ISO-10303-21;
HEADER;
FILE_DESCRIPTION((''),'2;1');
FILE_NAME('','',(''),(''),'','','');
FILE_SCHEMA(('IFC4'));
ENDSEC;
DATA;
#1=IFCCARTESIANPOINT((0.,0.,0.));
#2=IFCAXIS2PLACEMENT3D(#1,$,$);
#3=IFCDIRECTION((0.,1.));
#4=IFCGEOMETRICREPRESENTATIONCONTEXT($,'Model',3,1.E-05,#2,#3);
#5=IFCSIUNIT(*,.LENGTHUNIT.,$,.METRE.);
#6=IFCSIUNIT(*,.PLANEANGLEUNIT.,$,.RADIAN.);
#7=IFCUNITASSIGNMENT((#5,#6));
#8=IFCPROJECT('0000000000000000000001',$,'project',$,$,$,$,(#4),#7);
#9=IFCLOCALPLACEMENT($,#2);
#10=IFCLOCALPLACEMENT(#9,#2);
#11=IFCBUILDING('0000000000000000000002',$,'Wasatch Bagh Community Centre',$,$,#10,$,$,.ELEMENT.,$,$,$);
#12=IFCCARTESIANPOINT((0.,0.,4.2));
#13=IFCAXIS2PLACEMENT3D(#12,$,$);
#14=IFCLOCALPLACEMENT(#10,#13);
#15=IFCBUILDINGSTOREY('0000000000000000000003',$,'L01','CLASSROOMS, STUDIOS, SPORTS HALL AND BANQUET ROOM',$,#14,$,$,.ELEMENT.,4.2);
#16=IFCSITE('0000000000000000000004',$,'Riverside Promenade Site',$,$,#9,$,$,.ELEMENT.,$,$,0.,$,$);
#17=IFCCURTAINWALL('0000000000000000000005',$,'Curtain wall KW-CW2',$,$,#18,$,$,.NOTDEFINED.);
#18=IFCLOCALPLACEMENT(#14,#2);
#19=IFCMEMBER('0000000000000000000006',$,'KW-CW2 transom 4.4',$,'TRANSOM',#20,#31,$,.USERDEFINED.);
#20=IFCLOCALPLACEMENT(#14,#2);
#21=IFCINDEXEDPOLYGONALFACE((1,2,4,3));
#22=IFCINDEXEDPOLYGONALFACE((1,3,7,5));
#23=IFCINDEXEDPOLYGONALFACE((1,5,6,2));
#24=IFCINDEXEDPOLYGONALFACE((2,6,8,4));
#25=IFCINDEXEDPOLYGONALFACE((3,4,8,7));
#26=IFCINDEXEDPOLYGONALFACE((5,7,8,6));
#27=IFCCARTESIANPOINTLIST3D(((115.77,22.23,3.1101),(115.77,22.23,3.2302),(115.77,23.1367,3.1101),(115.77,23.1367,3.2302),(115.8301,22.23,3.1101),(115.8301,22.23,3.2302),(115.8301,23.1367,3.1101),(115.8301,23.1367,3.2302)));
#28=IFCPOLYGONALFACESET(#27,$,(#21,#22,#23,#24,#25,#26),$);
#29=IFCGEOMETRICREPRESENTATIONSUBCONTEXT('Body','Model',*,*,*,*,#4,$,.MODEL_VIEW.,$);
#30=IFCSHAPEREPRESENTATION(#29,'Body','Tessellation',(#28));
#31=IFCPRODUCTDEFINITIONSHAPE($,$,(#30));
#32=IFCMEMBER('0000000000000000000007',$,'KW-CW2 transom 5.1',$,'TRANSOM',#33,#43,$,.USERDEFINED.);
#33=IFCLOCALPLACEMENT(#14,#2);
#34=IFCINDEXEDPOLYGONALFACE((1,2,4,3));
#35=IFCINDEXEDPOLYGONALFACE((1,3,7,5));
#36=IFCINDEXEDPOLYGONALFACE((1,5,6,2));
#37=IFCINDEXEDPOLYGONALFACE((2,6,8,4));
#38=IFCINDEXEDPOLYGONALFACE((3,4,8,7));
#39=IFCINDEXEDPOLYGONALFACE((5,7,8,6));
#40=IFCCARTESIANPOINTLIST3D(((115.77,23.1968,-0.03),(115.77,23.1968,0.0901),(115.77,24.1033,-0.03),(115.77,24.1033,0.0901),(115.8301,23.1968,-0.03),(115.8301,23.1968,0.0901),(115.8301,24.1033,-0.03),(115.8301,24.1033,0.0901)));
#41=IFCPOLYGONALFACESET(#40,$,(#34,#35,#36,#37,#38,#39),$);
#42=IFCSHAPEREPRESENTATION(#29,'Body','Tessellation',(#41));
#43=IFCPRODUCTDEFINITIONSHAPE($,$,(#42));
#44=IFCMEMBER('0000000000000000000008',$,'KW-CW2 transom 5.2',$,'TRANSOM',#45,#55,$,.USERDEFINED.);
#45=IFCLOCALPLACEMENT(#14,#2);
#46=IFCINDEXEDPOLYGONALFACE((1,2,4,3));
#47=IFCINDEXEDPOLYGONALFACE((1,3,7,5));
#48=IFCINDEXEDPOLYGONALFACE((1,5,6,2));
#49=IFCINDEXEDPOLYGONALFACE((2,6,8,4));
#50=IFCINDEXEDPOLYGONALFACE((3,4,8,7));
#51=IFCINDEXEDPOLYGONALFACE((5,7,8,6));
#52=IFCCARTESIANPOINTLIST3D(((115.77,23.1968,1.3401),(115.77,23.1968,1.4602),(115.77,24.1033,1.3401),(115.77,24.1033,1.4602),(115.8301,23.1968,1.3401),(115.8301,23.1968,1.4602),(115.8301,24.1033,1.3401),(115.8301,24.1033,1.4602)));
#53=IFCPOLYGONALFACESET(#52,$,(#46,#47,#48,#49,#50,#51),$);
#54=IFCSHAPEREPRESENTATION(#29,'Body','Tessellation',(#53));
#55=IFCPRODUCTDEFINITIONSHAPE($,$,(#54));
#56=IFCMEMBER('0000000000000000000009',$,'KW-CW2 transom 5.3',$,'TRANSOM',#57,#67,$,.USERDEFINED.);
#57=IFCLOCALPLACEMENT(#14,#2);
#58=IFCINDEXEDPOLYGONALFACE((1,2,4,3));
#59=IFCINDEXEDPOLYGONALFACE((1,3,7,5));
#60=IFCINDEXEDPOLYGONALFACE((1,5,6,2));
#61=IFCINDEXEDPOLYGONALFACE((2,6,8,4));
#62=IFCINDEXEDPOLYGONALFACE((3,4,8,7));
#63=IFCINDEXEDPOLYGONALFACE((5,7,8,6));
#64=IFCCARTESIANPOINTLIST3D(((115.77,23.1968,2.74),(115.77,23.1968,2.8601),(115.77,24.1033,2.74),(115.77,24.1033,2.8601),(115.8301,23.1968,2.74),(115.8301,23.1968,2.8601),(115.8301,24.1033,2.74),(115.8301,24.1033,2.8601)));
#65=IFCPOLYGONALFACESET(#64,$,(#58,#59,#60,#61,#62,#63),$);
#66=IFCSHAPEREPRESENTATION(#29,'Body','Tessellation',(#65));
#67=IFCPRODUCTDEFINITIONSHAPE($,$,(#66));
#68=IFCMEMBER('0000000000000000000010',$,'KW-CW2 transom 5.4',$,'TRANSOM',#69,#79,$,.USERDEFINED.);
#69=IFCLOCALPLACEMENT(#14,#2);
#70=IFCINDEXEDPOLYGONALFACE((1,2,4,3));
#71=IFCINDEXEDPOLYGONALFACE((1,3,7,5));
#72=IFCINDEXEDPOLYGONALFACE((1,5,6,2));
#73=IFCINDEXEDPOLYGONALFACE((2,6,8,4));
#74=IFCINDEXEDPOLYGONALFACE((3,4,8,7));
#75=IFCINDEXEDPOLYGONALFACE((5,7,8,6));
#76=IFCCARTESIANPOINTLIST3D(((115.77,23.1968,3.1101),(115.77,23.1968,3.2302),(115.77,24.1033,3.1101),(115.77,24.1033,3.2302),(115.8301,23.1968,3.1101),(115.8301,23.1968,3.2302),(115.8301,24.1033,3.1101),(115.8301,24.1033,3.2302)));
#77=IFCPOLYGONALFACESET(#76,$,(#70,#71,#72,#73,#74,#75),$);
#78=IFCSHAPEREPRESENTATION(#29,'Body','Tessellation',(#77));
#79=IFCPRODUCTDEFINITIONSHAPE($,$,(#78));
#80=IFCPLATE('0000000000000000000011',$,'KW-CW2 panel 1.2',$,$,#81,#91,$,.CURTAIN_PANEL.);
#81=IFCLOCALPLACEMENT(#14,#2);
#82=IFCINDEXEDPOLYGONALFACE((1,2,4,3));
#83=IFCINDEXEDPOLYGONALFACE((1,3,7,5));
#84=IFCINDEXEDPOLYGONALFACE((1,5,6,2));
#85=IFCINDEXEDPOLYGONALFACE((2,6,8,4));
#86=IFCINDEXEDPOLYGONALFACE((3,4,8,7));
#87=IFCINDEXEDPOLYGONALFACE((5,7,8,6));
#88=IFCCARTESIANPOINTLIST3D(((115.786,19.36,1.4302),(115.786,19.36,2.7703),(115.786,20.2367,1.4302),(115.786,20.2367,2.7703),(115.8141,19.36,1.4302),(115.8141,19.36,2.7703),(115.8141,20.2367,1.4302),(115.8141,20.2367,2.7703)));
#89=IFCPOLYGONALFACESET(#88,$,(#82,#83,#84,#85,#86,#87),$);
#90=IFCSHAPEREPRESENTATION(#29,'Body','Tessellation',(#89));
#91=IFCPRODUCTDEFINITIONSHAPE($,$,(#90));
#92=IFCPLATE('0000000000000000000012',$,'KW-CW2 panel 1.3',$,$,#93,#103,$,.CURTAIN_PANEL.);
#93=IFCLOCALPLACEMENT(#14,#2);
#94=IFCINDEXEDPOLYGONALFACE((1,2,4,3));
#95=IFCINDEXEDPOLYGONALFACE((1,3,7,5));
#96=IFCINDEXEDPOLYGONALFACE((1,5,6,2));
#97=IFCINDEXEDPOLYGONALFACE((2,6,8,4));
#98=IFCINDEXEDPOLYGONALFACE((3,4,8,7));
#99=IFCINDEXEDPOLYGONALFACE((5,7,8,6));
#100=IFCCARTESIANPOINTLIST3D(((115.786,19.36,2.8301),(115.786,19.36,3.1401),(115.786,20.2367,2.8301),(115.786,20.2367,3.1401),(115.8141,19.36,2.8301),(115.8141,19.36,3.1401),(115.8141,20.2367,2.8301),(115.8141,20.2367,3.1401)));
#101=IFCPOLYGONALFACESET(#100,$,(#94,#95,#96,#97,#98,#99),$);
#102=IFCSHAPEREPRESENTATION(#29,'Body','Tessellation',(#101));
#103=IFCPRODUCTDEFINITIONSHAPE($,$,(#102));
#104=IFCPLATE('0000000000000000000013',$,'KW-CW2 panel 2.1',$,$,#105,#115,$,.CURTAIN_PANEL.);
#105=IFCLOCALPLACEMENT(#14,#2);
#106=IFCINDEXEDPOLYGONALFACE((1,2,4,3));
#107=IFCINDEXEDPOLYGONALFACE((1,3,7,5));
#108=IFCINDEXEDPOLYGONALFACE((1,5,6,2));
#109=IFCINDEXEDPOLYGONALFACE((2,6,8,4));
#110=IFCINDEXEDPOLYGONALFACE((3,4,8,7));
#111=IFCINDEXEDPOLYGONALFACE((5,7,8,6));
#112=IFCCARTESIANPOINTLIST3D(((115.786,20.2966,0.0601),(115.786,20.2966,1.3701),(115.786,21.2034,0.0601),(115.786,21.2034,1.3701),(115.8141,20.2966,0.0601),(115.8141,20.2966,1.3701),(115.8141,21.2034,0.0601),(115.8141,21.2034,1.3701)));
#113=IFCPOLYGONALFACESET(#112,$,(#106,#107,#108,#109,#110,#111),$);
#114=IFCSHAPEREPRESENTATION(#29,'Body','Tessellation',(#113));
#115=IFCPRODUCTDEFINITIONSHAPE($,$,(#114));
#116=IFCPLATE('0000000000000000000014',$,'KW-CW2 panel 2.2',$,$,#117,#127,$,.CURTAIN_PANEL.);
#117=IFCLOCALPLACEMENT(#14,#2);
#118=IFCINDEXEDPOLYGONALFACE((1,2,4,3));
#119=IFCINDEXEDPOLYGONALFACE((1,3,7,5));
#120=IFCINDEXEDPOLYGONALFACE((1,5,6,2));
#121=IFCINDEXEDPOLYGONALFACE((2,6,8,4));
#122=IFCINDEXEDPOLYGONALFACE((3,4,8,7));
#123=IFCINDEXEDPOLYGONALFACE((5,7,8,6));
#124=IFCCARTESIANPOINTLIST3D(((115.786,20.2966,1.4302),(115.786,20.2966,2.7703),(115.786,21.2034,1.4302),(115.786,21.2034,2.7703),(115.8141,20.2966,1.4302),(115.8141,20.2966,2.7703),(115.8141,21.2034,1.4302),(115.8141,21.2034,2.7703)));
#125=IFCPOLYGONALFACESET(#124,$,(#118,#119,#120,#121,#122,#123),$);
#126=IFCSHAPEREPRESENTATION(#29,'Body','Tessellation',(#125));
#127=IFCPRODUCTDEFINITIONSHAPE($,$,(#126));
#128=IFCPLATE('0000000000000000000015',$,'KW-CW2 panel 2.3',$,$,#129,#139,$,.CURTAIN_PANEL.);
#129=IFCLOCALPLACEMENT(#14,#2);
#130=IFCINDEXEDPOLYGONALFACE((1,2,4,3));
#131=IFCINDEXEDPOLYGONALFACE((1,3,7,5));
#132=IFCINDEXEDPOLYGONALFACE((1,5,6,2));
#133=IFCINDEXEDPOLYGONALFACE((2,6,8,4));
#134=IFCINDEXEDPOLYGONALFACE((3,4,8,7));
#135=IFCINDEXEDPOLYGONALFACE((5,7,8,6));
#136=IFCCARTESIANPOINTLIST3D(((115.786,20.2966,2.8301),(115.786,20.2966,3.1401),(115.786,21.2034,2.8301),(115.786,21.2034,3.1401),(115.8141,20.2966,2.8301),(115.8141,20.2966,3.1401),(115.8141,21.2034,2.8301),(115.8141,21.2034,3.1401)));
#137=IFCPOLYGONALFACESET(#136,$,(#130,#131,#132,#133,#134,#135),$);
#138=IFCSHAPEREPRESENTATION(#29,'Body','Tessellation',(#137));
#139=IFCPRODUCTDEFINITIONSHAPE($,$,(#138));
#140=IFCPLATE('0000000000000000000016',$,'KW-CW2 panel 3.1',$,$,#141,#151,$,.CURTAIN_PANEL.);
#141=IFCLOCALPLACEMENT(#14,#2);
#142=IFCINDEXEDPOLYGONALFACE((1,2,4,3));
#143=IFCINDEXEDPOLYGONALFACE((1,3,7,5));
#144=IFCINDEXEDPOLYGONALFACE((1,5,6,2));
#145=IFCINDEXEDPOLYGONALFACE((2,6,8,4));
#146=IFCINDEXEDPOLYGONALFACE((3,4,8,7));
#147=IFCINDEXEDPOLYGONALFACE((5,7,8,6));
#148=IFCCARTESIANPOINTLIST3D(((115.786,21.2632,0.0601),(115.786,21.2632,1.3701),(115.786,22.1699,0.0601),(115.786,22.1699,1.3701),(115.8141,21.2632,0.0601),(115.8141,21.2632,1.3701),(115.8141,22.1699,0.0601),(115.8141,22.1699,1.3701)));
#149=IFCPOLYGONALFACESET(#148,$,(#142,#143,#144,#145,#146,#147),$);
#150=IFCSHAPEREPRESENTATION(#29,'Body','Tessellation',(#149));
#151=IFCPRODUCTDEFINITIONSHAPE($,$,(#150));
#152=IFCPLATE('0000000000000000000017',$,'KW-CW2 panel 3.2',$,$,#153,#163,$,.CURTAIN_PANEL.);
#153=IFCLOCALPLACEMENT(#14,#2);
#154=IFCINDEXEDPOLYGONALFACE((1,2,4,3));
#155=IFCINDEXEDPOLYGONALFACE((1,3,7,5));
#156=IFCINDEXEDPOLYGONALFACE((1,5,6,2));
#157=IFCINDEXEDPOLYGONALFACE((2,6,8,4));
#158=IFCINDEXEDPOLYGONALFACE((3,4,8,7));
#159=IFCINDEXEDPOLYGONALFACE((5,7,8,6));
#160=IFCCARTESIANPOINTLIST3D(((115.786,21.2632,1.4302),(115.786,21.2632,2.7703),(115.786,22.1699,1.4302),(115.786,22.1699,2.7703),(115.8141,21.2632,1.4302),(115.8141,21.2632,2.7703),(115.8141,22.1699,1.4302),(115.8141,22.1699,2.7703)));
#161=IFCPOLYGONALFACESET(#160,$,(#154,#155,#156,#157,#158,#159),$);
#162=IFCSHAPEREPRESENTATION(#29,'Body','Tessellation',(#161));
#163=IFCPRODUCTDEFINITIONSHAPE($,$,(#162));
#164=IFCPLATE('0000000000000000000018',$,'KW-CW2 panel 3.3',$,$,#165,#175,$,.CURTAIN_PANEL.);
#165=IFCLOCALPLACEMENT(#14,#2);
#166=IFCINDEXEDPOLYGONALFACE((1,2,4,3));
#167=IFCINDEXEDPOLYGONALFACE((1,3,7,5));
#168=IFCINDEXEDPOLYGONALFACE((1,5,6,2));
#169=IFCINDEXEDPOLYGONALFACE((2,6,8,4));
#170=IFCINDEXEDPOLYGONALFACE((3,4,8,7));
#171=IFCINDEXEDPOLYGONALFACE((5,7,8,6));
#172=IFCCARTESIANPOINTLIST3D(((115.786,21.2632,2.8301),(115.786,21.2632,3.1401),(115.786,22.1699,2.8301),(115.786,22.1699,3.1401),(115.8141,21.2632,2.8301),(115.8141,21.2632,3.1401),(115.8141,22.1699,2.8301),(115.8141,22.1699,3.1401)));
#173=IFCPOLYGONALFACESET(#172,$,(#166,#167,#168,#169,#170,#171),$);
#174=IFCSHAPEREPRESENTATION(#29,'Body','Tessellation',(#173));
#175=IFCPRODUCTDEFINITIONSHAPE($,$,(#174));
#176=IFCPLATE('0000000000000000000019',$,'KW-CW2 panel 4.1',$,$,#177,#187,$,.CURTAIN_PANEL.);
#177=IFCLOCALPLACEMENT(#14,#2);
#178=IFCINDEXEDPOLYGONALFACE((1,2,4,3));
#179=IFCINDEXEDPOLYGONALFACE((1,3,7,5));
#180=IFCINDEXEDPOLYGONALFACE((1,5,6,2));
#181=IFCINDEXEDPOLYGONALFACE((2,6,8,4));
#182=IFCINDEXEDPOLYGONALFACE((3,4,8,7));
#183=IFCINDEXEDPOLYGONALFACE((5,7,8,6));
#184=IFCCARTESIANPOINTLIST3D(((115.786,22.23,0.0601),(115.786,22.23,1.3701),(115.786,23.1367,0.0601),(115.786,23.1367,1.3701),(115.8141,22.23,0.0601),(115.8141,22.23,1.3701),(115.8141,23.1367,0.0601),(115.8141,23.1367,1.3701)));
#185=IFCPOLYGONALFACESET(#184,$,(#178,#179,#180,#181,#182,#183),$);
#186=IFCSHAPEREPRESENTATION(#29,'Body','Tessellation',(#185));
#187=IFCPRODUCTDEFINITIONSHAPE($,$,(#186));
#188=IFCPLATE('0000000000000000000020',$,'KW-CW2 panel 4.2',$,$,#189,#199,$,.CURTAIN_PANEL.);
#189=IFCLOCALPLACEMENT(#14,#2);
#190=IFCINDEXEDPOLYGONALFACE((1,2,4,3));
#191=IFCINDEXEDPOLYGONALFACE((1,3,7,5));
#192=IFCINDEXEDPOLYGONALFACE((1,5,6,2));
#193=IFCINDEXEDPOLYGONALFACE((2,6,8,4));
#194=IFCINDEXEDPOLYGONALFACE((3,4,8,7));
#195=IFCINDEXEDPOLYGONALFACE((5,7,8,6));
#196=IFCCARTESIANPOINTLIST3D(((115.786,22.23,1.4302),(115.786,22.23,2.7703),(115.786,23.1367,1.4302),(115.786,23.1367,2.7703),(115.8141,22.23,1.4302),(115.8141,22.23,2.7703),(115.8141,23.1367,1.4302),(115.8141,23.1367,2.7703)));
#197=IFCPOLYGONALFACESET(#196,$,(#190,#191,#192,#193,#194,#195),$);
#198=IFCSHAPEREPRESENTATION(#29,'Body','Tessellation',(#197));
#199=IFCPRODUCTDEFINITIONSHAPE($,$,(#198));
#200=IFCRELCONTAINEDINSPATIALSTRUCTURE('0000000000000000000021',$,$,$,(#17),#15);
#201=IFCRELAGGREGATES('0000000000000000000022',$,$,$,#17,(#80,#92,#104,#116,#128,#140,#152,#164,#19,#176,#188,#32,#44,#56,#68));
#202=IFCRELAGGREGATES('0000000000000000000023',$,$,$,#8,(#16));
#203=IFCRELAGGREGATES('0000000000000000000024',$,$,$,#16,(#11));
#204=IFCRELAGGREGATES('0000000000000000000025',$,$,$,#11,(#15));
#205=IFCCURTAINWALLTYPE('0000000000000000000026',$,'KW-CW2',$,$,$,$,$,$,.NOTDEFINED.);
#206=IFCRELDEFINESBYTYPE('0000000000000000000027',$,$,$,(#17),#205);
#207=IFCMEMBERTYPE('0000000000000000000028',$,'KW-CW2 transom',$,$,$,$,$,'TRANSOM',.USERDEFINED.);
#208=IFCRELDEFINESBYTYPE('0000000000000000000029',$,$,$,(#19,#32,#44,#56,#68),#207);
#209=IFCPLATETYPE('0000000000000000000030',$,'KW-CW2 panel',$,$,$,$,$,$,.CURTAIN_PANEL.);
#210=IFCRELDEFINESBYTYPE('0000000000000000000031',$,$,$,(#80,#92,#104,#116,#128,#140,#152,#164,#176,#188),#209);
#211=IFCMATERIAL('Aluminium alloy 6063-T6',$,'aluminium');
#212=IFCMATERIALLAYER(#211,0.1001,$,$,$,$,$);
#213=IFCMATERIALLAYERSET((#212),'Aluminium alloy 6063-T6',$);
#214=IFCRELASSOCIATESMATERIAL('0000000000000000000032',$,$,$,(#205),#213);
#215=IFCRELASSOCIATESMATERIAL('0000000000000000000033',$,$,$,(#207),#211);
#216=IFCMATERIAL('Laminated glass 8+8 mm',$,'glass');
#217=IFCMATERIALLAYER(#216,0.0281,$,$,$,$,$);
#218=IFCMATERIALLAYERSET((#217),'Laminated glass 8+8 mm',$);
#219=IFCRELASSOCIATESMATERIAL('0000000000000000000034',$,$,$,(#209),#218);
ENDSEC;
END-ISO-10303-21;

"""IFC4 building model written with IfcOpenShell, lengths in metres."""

from ifc_helpers import new_model, si_unit, direction, frame, origin, origin_2d, place, context, subcontext, project, spatial, rectangle, extrude, material, layer, layer_set, material_profile, profile_set, type_object, element, aggregate, save


model = new_model("IFC4")

# Units and contexts
model_context = context("Model", 3, precision=1e-05, world=origin(), true_north=direction((0.0, 1.0)))
body_context = subcontext(model_context, "Body", "Model", "MODEL_VIEW")
ifc_project = project(units=[si_unit("LENGTHUNIT", "METRE"), si_unit("PLANEANGLEUNIT", "RADIAN")], contexts=[model_context])

# Site, building, storey
site_placement = place(None, origin())
site = spatial("IfcSite", under=ifc_project, at=site_placement, Name="Riverside Promenade Site", CompositionType="ELEMENT", RefElevation=0.0)
building_placement = place(site_placement, origin())
building = spatial("IfcBuilding", under=site, at=building_placement, Name="Wasatch Bagh Community Centre", CompositionType="ELEMENT")
storey_placement = place(building_placement, frame((0.0, 0.0, 4.2)))
storey = spatial("IfcBuildingStorey", under=building, at=storey_placement, Name="L01", Description="CLASSROOMS, STUDIOS, SPORTS HALL AND BANQUET ROOM", CompositionType="ELEMENT", Elevation=4.2)

# Curtain wall, members, plates
ifc_material_1 = material(Name="Aluminium alloy 6063-T6", Category="aluminium")
ifc_layer_1 = layer(ifc_material_1, 0.1001)
ifc_layer_set_1 = layer_set([ifc_layer_1], Name="Aluminium alloy 6063-T6")
curtain_wall_type = type_object("IfcCurtainWallType", Name="KW-CW2", PredefinedType="NOTDEFINED", material=ifc_layer_set_1)
curtain_wall_placement = place(storey_placement, origin())
curtain_wall = element("IfcCurtainWall", 1, at=curtain_wall_placement, inside=storey, type_object=curtain_wall_type, Name="Curtain wall KW-CW2", PredefinedType="NOTDEFINED")
ifc_material_profile_1 = material_profile(ifc_material_1, rectangle(XDim=0.0601, YDim=0.1201, at=origin_2d()), Name="AL 60x120")
ifc_profile_set_1 = profile_set([ifc_material_profile_1], Name="Aluminium alloy 6063-T6")
member_type_1 = type_object("IfcMemberType", Name="KW-CW2 transom", ElementType="TRANSOM", PredefinedType="USERDEFINED", material=ifc_profile_set_1)
member_1_placement = place(storey_placement, frame((115.8, 22.23, 3.1702), z_axis=(0.0, 1.0, 0.0), x_axis=(-1.0, 0.0, 0.0)))
member_1 = element("IfcMember", 2, at=member_1_placement, type_object=member_type_1, Name="KW-CW2 transom 4.4", ObjectType="TRANSOM", PredefinedType="USERDEFINED", context=body_context, shape_type="SweptSolid", body=[
    extrude(rectangle(XDim=0.0601, YDim=0.1201, at=origin_2d()), origin(), (0.0, 0.0, 1.0), 0.9067),
])
member_2_placement = place(storey_placement, frame((115.8, 23.1968, 0.03), z_axis=(0.0, 1.0, 0.0), x_axis=(-1.0, 0.0, 0.0)))
member_2 = element("IfcMember", 3, at=member_2_placement, type_object=member_type_1, Name="KW-CW2 transom 5.1", ObjectType="TRANSOM", PredefinedType="USERDEFINED", context=body_context, shape_type="SweptSolid", body=[
    extrude(rectangle(XDim=0.0601, YDim=0.1201, at=origin_2d()), origin(), (0.0, 0.0, 1.0), 0.9065),
])
member_3_placement = place(storey_placement, frame((115.8, 23.1968, 1.4001), z_axis=(0.0, 1.0, 0.0), x_axis=(-1.0, 0.0, 0.0)))
member_3 = element("IfcMember", 4, at=member_3_placement, type_object=member_type_1, Name="KW-CW2 transom 5.2", ObjectType="TRANSOM", PredefinedType="USERDEFINED", context=body_context, shape_type="SweptSolid", body=[
    extrude(rectangle(XDim=0.0601, YDim=0.1201, at=origin_2d()), origin(), (0.0, 0.0, 1.0), 0.9065),
])
member_4_placement = place(storey_placement, frame((115.8, 23.1968, 2.8), z_axis=(0.0, 1.0, 0.0), x_axis=(-1.0, 0.0, 0.0)))
member_4 = element("IfcMember", 5, at=member_4_placement, type_object=member_type_1, Name="KW-CW2 transom 5.3", ObjectType="TRANSOM", PredefinedType="USERDEFINED", context=body_context, shape_type="SweptSolid", body=[
    extrude(rectangle(XDim=0.0601, YDim=0.1201, at=origin_2d()), origin(), (0.0, 0.0, 1.0), 0.9065),
])
member_5_placement = place(storey_placement, frame((115.8, 23.1968, 3.1702), z_axis=(0.0, 1.0, 0.0), x_axis=(-1.0, 0.0, 0.0)))
member_5 = element("IfcMember", 6, at=member_5_placement, type_object=member_type_1, Name="KW-CW2 transom 5.4", ObjectType="TRANSOM", PredefinedType="USERDEFINED", context=body_context, shape_type="SweptSolid", body=[
    extrude(rectangle(XDim=0.0601, YDim=0.1201, at=origin_2d()), origin(), (0.0, 0.0, 1.0), 0.9065),
])
ifc_material_2 = material(Name="Laminated glass 8+8 mm", Category="glass")
ifc_layer_2 = layer(ifc_material_2, 0.0281)
ifc_layer_set_2 = layer_set([ifc_layer_2], Name="Laminated glass 8+8 mm")
plate_type = type_object("IfcPlateType", Name="KW-CW2 panel", PredefinedType="CURTAIN_PANEL", material=ifc_layer_set_2)
plate_1_placement = place(storey_placement, frame((115.8, 19.7983, 1.4302), z_axis=(0.0, 0.0, 1.0), x_axis=(0.0, 1.0, 0.0)))
plate_1 = element("IfcPlate", 7, at=plate_1_placement, type_object=plate_type, Name="KW-CW2 panel 1.2", PredefinedType="CURTAIN_PANEL", context=body_context, shape_type="SweptSolid", body=[
    extrude(rectangle(XDim=0.8767, YDim=0.0281, at=origin_2d()), origin(), (0.0, 0.0, 1.0), 1.3401),
])
plate_2_placement = place(storey_placement, frame((115.8, 19.7983, 2.8301), z_axis=(0.0, 0.0, 1.0), x_axis=(0.0, 1.0, 0.0)))
plate_2 = element("IfcPlate", 8, at=plate_2_placement, type_object=plate_type, Name="KW-CW2 panel 1.3", PredefinedType="CURTAIN_PANEL", context=body_context, shape_type="SweptSolid", body=[
    extrude(rectangle(XDim=0.8767, YDim=0.0281, at=origin_2d()), origin(), (0.0, 0.0, 1.0), 0.3101),
])
plate_3_placement = place(storey_placement, frame((115.8, 20.75, 0.0601), z_axis=(0.0, 0.0, 1.0), x_axis=(0.0, 1.0, 0.0)))
plate_3 = element("IfcPlate", 9, at=plate_3_placement, type_object=plate_type, Name="KW-CW2 panel 2.1", PredefinedType="CURTAIN_PANEL", context=body_context, shape_type="SweptSolid", body=[
    extrude(rectangle(XDim=0.9067, YDim=0.0281, at=origin_2d()), origin(), (0.0, 0.0, 1.0), 1.3101),
])
plate_4_placement = place(storey_placement, frame((115.8, 20.75, 1.4302), z_axis=(0.0, 0.0, 1.0), x_axis=(0.0, 1.0, 0.0)))
plate_4 = element("IfcPlate", 10, at=plate_4_placement, type_object=plate_type, Name="KW-CW2 panel 2.2", PredefinedType="CURTAIN_PANEL", context=body_context, shape_type="SweptSolid", body=[
    extrude(rectangle(XDim=0.9067, YDim=0.0281, at=origin_2d()), origin(), (0.0, 0.0, 1.0), 1.3401),
])
plate_5_placement = place(storey_placement, frame((115.8, 20.75, 2.8301), z_axis=(0.0, 0.0, 1.0), x_axis=(0.0, 1.0, 0.0)))
plate_5 = element("IfcPlate", 11, at=plate_5_placement, type_object=plate_type, Name="KW-CW2 panel 2.3", PredefinedType="CURTAIN_PANEL", context=body_context, shape_type="SweptSolid", body=[
    extrude(rectangle(XDim=0.9067, YDim=0.0281, at=origin_2d()), origin(), (0.0, 0.0, 1.0), 0.3101),
])
plate_6_placement = place(storey_placement, frame((115.8, 21.7166, 0.0601), z_axis=(0.0, 0.0, 1.0), x_axis=(0.0, 1.0, 0.0)))
plate_6 = element("IfcPlate", 12, at=plate_6_placement, type_object=plate_type, Name="KW-CW2 panel 3.1", PredefinedType="CURTAIN_PANEL", context=body_context, shape_type="SweptSolid", body=[
    extrude(rectangle(XDim=0.9067, YDim=0.0281, at=origin_2d()), origin(), (0.0, 0.0, 1.0), 1.3101),
])
plate_7_placement = place(storey_placement, frame((115.8, 21.7166, 1.4302), z_axis=(0.0, 0.0, 1.0), x_axis=(0.0, 1.0, 0.0)))
plate_7 = element("IfcPlate", 13, at=plate_7_placement, type_object=plate_type, Name="KW-CW2 panel 3.2", PredefinedType="CURTAIN_PANEL", context=body_context, shape_type="SweptSolid", body=[
    extrude(rectangle(XDim=0.9067, YDim=0.0281, at=origin_2d()), origin(), (0.0, 0.0, 1.0), 1.3401),
])
plate_8_placement = place(storey_placement, frame((115.8, 21.7166, 2.8301), z_axis=(0.0, 0.0, 1.0), x_axis=(0.0, 1.0, 0.0)))
plate_8 = element("IfcPlate", 14, at=plate_8_placement, type_object=plate_type, Name="KW-CW2 panel 3.3", PredefinedType="CURTAIN_PANEL", context=body_context, shape_type="SweptSolid", body=[
    extrude(rectangle(XDim=0.9067, YDim=0.0281, at=origin_2d()), origin(), (0.0, 0.0, 1.0), 0.3101),
])
plate_9_placement = place(storey_placement, frame((115.8, 22.6833, 0.0601), z_axis=(0.0, 0.0, 1.0), x_axis=(0.0, 1.0, 0.0)))
plate_9 = element("IfcPlate", 15, at=plate_9_placement, type_object=plate_type, Name="KW-CW2 panel 4.1", PredefinedType="CURTAIN_PANEL", context=body_context, shape_type="SweptSolid", body=[
    extrude(rectangle(XDim=0.9067, YDim=0.0281, at=origin_2d()), origin(), (0.0, 0.0, 1.0), 1.3101),
])
plate_10_placement = place(storey_placement, frame((115.8, 22.6833, 1.4302), z_axis=(0.0, 0.0, 1.0), x_axis=(0.0, 1.0, 0.0)))
plate_10 = element("IfcPlate", 16, at=plate_10_placement, type_object=plate_type, Name="KW-CW2 panel 4.2", PredefinedType="CURTAIN_PANEL", context=body_context, shape_type="SweptSolid", body=[
    extrude(rectangle(XDim=0.9067, YDim=0.0281, at=origin_2d()), origin(), (0.0, 0.0, 1.0), 1.3401),
])
aggregate(curtain_wall, [plate_1, plate_2, plate_3, plate_4, plate_5, plate_6, plate_7, plate_8, member_1, plate_9, plate_10, member_2, member_3, member_4, member_5])

save(model, "model.ifc")
